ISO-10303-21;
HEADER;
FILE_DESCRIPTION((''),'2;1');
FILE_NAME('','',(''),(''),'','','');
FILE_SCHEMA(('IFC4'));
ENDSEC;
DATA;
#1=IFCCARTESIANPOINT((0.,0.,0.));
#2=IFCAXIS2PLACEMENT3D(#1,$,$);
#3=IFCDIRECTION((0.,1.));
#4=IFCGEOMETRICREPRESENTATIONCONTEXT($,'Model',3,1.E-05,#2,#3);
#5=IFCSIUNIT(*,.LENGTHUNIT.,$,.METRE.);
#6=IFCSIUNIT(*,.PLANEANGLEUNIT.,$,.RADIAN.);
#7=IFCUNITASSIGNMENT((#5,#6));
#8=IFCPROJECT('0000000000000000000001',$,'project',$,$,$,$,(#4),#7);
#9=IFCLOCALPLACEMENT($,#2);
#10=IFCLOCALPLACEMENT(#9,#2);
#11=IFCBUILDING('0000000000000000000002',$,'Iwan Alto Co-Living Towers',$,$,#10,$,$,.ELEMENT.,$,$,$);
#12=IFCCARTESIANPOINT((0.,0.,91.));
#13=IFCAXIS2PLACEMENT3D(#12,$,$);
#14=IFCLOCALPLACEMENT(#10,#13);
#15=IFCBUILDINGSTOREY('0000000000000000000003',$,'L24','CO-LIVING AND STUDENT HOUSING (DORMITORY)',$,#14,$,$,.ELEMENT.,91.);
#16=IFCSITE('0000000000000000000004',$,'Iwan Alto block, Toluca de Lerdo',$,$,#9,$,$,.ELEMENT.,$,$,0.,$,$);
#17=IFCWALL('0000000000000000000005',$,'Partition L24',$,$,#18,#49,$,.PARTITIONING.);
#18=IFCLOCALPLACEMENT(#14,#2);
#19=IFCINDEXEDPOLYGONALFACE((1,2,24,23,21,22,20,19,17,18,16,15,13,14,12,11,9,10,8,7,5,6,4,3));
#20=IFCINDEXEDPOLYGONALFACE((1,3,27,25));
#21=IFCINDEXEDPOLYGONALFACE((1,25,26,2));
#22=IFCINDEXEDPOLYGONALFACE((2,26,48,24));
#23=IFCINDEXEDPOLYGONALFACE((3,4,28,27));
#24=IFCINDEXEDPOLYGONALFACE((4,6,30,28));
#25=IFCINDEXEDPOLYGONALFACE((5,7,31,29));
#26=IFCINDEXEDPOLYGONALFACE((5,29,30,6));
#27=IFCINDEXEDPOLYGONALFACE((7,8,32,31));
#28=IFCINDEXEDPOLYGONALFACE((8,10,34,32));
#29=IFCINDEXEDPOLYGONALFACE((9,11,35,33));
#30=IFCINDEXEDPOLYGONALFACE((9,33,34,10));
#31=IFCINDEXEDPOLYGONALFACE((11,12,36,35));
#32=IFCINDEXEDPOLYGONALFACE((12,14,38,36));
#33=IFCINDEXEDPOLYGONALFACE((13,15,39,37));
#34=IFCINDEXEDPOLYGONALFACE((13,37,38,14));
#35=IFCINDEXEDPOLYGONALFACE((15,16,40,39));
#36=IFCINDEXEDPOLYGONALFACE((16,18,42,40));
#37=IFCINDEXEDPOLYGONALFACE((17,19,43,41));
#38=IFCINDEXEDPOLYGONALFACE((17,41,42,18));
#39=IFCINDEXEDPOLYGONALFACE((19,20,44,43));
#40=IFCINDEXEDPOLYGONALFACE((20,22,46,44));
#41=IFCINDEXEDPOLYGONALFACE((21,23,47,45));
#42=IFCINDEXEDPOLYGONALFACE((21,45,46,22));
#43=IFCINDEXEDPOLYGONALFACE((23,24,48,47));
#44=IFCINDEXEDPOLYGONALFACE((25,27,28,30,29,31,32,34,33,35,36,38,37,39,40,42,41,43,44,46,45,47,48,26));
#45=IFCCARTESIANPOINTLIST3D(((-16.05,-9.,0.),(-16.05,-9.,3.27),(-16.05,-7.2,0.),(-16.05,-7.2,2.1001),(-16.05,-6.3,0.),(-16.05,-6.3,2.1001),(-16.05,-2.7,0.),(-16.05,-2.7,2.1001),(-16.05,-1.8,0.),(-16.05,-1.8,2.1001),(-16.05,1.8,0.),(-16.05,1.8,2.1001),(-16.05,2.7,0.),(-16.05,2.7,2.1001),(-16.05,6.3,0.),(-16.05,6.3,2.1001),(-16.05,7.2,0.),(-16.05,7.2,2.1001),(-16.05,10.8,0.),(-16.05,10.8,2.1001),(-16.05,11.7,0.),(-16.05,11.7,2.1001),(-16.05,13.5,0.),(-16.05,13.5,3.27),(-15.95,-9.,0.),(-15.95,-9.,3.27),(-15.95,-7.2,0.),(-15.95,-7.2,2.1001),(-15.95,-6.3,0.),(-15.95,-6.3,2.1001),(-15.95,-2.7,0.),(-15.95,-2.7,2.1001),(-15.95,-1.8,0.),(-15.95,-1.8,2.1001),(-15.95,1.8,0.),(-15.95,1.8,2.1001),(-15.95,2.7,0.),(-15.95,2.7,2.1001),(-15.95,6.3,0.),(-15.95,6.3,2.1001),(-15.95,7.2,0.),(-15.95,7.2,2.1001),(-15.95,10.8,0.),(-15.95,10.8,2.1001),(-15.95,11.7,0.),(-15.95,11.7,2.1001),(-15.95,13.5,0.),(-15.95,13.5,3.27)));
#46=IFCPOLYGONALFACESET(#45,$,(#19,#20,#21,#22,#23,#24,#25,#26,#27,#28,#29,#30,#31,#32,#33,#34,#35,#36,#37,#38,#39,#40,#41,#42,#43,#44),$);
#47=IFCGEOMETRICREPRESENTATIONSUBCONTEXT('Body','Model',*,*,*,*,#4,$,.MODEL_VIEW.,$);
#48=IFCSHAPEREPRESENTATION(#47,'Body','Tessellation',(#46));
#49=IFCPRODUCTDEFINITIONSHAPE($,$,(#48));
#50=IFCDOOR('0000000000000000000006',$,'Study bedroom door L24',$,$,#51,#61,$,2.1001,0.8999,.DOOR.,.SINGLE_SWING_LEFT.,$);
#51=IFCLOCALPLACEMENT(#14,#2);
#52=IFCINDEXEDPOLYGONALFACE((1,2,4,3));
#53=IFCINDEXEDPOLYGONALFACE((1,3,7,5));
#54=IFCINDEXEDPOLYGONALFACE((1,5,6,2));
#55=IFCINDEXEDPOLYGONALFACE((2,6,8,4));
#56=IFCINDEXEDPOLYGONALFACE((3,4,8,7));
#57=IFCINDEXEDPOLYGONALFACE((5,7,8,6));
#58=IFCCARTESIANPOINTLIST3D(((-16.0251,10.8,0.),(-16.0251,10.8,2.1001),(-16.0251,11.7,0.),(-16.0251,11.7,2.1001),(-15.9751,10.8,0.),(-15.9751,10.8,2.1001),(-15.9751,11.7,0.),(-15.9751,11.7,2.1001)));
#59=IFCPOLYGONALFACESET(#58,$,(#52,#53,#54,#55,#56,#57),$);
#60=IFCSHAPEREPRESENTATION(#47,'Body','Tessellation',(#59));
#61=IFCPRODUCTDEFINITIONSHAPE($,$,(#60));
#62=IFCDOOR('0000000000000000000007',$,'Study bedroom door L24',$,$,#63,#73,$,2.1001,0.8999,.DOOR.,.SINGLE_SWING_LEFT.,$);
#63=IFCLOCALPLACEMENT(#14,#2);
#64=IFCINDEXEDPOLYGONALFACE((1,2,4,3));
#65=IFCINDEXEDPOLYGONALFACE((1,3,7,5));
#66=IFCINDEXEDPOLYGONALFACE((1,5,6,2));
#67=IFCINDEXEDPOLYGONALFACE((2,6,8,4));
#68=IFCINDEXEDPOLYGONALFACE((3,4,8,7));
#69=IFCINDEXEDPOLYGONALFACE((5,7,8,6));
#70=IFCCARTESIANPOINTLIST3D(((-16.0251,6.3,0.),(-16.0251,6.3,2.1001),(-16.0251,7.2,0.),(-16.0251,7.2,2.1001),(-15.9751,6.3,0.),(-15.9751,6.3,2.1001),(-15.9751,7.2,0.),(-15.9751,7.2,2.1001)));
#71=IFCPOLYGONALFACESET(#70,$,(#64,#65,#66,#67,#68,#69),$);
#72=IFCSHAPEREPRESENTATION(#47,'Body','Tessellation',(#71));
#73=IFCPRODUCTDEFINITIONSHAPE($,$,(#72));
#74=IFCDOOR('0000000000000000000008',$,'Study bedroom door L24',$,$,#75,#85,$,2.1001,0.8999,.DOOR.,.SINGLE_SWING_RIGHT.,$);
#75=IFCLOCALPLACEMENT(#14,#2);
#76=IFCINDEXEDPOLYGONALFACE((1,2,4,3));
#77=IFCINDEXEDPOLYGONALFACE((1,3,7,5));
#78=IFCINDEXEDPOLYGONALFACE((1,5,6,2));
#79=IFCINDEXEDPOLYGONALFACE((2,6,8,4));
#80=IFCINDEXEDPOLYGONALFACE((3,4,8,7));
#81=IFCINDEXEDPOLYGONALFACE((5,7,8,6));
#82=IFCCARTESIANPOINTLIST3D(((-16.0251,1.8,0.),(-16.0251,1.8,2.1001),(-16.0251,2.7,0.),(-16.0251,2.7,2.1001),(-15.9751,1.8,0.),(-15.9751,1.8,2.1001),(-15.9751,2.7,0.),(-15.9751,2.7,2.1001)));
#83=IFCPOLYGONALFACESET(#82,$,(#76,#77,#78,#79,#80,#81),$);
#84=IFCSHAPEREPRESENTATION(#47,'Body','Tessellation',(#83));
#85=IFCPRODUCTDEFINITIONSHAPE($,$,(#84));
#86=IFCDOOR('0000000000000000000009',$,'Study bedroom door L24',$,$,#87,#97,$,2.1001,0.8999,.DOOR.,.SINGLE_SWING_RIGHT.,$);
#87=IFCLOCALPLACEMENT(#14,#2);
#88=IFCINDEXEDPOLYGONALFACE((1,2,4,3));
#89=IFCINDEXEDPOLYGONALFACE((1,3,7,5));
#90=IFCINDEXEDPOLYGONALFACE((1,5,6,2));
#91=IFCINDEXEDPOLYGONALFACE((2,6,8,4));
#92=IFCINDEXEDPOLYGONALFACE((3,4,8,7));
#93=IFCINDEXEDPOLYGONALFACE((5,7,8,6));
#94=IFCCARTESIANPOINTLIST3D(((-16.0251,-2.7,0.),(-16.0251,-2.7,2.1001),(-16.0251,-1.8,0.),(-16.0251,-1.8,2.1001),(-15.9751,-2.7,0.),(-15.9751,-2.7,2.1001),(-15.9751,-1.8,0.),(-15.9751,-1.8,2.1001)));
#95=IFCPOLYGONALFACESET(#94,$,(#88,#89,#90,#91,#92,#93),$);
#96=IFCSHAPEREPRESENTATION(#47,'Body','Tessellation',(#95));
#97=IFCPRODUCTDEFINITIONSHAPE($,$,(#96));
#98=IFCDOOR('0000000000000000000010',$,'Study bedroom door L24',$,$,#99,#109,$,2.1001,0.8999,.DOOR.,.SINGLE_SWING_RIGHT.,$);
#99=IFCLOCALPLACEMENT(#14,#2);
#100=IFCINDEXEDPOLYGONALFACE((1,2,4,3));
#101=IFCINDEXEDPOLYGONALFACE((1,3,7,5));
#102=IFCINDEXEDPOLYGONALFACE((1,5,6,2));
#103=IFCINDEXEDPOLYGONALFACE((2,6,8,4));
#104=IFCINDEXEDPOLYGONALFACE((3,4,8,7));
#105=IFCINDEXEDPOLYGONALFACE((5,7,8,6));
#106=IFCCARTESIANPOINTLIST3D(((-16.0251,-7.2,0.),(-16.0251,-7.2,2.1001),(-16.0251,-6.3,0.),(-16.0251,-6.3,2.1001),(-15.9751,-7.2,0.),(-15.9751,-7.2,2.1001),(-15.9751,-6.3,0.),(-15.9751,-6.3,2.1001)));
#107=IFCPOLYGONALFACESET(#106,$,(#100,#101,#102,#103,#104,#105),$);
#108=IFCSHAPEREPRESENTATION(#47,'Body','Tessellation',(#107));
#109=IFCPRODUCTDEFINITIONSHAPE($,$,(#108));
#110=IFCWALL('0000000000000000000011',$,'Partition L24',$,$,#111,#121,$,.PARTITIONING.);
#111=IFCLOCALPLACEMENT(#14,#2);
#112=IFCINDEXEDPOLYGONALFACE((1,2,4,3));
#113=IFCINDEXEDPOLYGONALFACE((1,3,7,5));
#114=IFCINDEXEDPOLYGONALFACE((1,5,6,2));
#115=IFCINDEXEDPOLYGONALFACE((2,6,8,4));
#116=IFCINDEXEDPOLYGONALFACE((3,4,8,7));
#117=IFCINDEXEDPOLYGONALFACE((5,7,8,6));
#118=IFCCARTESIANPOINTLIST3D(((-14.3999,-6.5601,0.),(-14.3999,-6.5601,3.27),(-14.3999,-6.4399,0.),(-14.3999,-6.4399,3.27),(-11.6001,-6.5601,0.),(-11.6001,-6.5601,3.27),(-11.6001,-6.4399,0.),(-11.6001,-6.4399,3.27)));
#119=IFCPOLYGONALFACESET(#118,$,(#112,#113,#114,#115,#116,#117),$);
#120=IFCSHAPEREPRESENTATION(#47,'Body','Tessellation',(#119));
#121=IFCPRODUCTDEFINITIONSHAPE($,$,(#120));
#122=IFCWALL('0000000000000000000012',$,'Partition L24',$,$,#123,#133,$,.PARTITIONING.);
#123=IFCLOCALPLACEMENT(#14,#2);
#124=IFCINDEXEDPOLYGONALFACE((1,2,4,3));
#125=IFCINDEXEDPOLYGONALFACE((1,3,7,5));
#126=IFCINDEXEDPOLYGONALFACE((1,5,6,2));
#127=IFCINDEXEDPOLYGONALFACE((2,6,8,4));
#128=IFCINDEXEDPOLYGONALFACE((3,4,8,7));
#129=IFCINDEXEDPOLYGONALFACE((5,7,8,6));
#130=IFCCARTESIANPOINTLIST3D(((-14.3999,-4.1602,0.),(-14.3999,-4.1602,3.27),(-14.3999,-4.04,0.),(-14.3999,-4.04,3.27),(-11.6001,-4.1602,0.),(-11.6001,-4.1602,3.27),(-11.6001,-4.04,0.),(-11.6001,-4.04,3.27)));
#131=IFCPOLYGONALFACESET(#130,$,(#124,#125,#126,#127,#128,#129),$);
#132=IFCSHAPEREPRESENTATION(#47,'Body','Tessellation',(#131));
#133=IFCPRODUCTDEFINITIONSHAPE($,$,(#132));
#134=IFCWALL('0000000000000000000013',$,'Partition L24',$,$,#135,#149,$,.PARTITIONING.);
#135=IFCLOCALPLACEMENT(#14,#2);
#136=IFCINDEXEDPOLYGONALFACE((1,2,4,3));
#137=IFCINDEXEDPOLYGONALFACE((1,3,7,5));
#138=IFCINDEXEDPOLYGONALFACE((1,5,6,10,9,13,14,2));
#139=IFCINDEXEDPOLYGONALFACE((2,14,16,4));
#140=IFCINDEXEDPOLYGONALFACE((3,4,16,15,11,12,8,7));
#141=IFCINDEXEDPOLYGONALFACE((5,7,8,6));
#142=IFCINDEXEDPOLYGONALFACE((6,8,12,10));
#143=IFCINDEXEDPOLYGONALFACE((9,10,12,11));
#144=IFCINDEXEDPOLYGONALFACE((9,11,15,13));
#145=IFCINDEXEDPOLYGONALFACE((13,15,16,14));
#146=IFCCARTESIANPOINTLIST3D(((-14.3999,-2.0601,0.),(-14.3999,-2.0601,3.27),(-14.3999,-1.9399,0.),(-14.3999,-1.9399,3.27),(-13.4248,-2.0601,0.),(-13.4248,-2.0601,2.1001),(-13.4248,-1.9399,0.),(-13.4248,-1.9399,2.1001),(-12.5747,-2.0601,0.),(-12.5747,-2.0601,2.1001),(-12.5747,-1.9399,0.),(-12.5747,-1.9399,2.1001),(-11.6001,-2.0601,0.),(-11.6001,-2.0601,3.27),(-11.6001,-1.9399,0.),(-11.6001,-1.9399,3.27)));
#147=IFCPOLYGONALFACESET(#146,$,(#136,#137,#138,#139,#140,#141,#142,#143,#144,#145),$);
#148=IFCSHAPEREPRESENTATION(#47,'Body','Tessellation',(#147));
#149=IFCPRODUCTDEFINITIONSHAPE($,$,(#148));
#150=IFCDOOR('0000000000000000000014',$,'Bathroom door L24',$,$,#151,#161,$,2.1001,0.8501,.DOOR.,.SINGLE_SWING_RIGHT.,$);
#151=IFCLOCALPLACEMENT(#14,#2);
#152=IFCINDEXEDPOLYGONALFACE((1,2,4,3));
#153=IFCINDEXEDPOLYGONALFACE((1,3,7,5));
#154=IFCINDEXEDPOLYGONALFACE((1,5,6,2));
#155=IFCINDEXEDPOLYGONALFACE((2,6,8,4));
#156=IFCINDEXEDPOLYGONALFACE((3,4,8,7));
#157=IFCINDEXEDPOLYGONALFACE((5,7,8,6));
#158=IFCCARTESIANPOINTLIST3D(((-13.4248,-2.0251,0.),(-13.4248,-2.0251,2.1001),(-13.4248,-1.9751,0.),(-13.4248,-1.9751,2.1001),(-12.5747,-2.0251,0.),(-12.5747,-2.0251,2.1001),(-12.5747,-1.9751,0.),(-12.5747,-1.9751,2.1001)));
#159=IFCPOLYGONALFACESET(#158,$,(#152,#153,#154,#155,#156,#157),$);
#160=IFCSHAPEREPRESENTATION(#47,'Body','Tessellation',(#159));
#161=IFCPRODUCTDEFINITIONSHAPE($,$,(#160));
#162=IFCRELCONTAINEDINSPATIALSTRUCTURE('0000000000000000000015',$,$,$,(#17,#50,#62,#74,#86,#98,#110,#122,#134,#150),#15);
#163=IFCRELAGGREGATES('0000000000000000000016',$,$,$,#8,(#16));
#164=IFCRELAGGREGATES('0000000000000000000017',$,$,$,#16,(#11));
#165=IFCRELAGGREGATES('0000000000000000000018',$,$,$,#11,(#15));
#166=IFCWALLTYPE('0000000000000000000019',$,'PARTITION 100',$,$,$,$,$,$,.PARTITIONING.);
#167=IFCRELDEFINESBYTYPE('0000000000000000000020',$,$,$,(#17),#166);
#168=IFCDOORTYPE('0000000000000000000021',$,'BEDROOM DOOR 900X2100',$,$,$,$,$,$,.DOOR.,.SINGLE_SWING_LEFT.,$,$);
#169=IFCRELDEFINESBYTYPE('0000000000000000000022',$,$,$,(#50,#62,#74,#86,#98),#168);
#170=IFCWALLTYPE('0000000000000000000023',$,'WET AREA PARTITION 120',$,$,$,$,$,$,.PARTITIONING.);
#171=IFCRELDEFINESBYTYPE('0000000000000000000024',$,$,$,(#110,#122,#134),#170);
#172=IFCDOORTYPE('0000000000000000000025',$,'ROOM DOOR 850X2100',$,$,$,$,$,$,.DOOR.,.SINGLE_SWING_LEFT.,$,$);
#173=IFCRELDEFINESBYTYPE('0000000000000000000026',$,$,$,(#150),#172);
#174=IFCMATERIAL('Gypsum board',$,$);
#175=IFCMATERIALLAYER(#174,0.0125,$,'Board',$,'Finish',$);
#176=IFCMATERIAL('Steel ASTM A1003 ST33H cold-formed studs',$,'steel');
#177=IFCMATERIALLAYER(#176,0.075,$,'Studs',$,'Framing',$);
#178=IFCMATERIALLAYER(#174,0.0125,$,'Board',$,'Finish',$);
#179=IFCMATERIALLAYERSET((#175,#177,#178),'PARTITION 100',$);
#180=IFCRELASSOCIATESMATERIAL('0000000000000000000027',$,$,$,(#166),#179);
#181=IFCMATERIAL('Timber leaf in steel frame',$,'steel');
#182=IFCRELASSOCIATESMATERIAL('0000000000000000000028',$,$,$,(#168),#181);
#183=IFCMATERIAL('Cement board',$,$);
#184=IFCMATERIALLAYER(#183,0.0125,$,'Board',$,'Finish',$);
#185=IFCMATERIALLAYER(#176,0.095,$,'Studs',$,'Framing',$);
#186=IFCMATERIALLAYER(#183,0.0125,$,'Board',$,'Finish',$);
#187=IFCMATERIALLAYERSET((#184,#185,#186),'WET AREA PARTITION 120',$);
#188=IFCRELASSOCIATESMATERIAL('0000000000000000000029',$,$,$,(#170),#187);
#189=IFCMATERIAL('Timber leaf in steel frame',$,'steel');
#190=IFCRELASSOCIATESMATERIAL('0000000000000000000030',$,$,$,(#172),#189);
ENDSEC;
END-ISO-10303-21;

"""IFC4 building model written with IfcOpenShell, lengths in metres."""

from ifc_helpers import new_model, si_unit, direction, frame, frame_2d, origin, place, context, subcontext, project, spatial, rectangle, extrude, material, layer, layer_set, type_object, element, fill, save


model = new_model("IFC4")

# Units and contexts
model_context = context("Model", 3, precision=1e-05, world=origin(), true_north=direction((0.0, 1.0)))
body_context = subcontext(model_context, "Body", "Model", "MODEL_VIEW")
ifc_project = project(units=[si_unit("LENGTHUNIT", "METRE"), si_unit("PLANEANGLEUNIT", "RADIAN")], contexts=[model_context])

# Site, building, storey
site_placement = place(None, origin())
site = spatial("IfcSite", under=ifc_project, at=site_placement, Name="Iwan Alto block, Toluca de Lerdo", CompositionType="ELEMENT", RefElevation=0.0)
building_placement = place(site_placement, origin())
building = spatial("IfcBuilding", under=site, at=building_placement, Name="Iwan Alto Co-Living Towers", CompositionType="ELEMENT")
storey_placement = place(building_placement, frame((0.0, 0.0, 91.0)))
storey = spatial("IfcBuildingStorey", under=building, at=storey_placement, Name="L24", Description="CO-LIVING AND STUDENT HOUSING (DORMITORY)", CompositionType="ELEMENT", Elevation=91.0)

# Wall, openings, doors
ifc_material_1 = material(Name="Gypsum board")
ifc_layer_1 = layer(ifc_material_1, 0.0125, Name="Board", Category="Finish")
ifc_material_2 = material(Name="Steel ASTM A1003 ST33H cold-formed studs", Category="steel")
ifc_layer_2 = layer(ifc_material_2, 0.075, Name="Studs", Category="Framing")
ifc_layer_3 = layer(ifc_material_1, 0.0125, Name="Board", Category="Finish")
ifc_layer_set_1 = layer_set([ifc_layer_1, ifc_layer_2, ifc_layer_3], Name="PARTITION 100")
wall_type_1 = type_object("IfcWallType", Name="PARTITION 100", PredefinedType="PARTITIONING", material=ifc_layer_set_1)
wall_1_placement = place(storey_placement, frame((-16.0, -9.0, 0.0), z_axis=(0.0, 0.0, 1.0), x_axis=(0.0, 1.0, 0.0)))
wall_1 = element("IfcWall", 1, at=wall_1_placement, inside=storey, type_object=wall_type_1, Name="Partition L24", PredefinedType="PARTITIONING", context=body_context, shape_type="SweptSolid", body=[
    extrude(rectangle(XDim=22.5, YDim=0.1001, at=frame_2d((11.25, 0.0))), origin(), (0.0, 0.0, 1.0), 3.27),
])
opening_1_placement = place(wall_1_placement, frame((19.8, 0.0, 0.0)))
opening_1 = element("IfcOpeningElement", 2, at=opening_1_placement, cuts=wall_1, PredefinedType="OPENING", context=body_context, shape_type="SweptSolid", body=[
    extrude(rectangle(XDim=0.8999, YDim=2.1001, at=frame_2d((0.45, 1.05))), frame((0.0, 0.0601, 0.0), z_axis=(0.0, -1.0, 0.0), x_axis=(1.0, 0.0, 0.0)), (0.0, 0.0, 1.0), 0.1201),
])
opening_2_placement = place(wall_1_placement, frame((15.3, 0.0, 0.0)))
opening_2 = element("IfcOpeningElement", 3, at=opening_2_placement, cuts=wall_1, PredefinedType="OPENING", context=body_context, shape_type="SweptSolid", body=[
    extrude(rectangle(XDim=0.8999, YDim=2.1001, at=frame_2d((0.45, 1.05))), frame((0.0, 0.0601, 0.0), z_axis=(0.0, -1.0, 0.0), x_axis=(1.0, 0.0, 0.0)), (0.0, 0.0, 1.0), 0.1201),
])
opening_3_placement = place(wall_1_placement, frame((10.8, 0.0, 0.0)))
opening_3 = element("IfcOpeningElement", 4, at=opening_3_placement, cuts=wall_1, PredefinedType="OPENING", context=body_context, shape_type="SweptSolid", body=[
    extrude(rectangle(XDim=0.8999, YDim=2.1001, at=frame_2d((0.45, 1.05))), frame((0.0, 0.0601, 0.0), z_axis=(0.0, -1.0, 0.0), x_axis=(1.0, 0.0, 0.0)), (0.0, 0.0, 1.0), 0.1201),
])
opening_4_placement = place(wall_1_placement, frame((6.3, 0.0, 0.0)))
opening_4 = element("IfcOpeningElement", 5, at=opening_4_placement, cuts=wall_1, PredefinedType="OPENING", context=body_context, shape_type="SweptSolid", body=[
    extrude(rectangle(XDim=0.8999, YDim=2.1001, at=frame_2d((0.45, 1.05))), frame((0.0, 0.0601, 0.0), z_axis=(0.0, -1.0, 0.0), x_axis=(1.0, 0.0, 0.0)), (0.0, 0.0, 1.0), 0.1201),
])
opening_5_placement = place(wall_1_placement, frame((1.8, 0.0, 0.0)))
opening_5 = element("IfcOpeningElement", 6, at=opening_5_placement, cuts=wall_1, PredefinedType="OPENING", context=body_context, shape_type="SweptSolid", body=[
    extrude(rectangle(XDim=0.8999, YDim=2.1001, at=frame_2d((0.45, 1.05))), frame((0.0, 0.0601, 0.0), z_axis=(0.0, -1.0, 0.0), x_axis=(1.0, 0.0, 0.0)), (0.0, 0.0, 1.0), 0.1201),
])
ifc_material_3 = material(Name="Timber leaf in steel frame", Category="steel")
door_type_1 = type_object("IfcDoorType", Name="BEDROOM DOOR 900X2100", OperationType="SINGLE_SWING_LEFT", PredefinedType="DOOR", material=ifc_material_3)
door_1_placement = place(opening_1_placement, frame((0.8999, 0.0, 0.0), z_axis=(0.0, 0.0, 1.0), x_axis=(-1.0, 0.0, 0.0)))
door_1 = element("IfcDoor", 7, at=door_1_placement, inside=storey, type_object=door_type_1, Name="Study bedroom door L24", OperationType="SINGLE_SWING_LEFT", OverallHeight=2.1001, OverallWidth=0.8999, PredefinedType="DOOR", context=body_context, shape_type="SweptSolid", body=[
    extrude(rectangle(XDim=0.8999, YDim=2.1001, at=frame_2d((0.45, 1.05))), frame((0.0, 0.0249, 0.0), z_axis=(0.0, -1.0, 0.0), x_axis=(1.0, 0.0, 0.0)), (0.0, 0.0, 1.0), 0.05),
])
fill(opening_1, door_1)
door_2_placement = place(opening_2_placement, frame((0.8999, 0.0, 0.0), z_axis=(0.0, 0.0, 1.0), x_axis=(-1.0, 0.0, 0.0)))
door_2 = element("IfcDoor", 8, at=door_2_placement, inside=storey, type_object=door_type_1, Name="Study bedroom door L24", OperationType="SINGLE_SWING_LEFT", OverallHeight=2.1001, OverallWidth=0.8999, PredefinedType="DOOR", context=body_context, shape_type="SweptSolid", body=[
    extrude(rectangle(XDim=0.8999, YDim=2.1001, at=frame_2d((0.45, 1.05))), frame((0.0, 0.0249, 0.0), z_axis=(0.0, -1.0, 0.0), x_axis=(1.0, 0.0, 0.0)), (0.0, 0.0, 1.0), 0.05),
])
fill(opening_2, door_2)
door_3_placement = place(opening_3_placement, frame((0.8999, 0.0, 0.0), z_axis=(0.0, 0.0, 1.0), x_axis=(-1.0, 0.0, 0.0)))
door_3 = element("IfcDoor", 9, at=door_3_placement, inside=storey, type_object=door_type_1, Name="Study bedroom door L24", OperationType="SINGLE_SWING_RIGHT", OverallHeight=2.1001, OverallWidth=0.8999, PredefinedType="DOOR", context=body_context, shape_type="SweptSolid", body=[
    extrude(rectangle(XDim=0.8999, YDim=2.1001, at=frame_2d((0.45, 1.05))), frame((0.0, 0.0249, 0.0), z_axis=(0.0, -1.0, 0.0), x_axis=(1.0, 0.0, 0.0)), (0.0, 0.0, 1.0), 0.05),
])
fill(opening_3, door_3)
door_4_placement = place(opening_4_placement, frame((0.8999, 0.0, 0.0), z_axis=(0.0, 0.0, 1.0), x_axis=(-1.0, 0.0, 0.0)))
door_4 = element("IfcDoor", 10, at=door_4_placement, inside=storey, type_object=door_type_1, Name="Study bedroom door L24", OperationType="SINGLE_SWING_RIGHT", OverallHeight=2.1001, OverallWidth=0.8999, PredefinedType="DOOR", context=body_context, shape_type="SweptSolid", body=[
    extrude(rectangle(XDim=0.8999, YDim=2.1001, at=frame_2d((0.45, 1.05))), frame((0.0, 0.0249, 0.0), z_axis=(0.0, -1.0, 0.0), x_axis=(1.0, 0.0, 0.0)), (0.0, 0.0, 1.0), 0.05),
])
fill(opening_4, door_4)
door_5_placement = place(opening_5_placement, frame((0.8999, 0.0, 0.0), z_axis=(0.0, 0.0, 1.0), x_axis=(-1.0, 0.0, 0.0)))
door_5 = element("IfcDoor", 11, at=door_5_placement, inside=storey, type_object=door_type_1, Name="Study bedroom door L24", OperationType="SINGLE_SWING_RIGHT", OverallHeight=2.1001, OverallWidth=0.8999, PredefinedType="DOOR", context=body_context, shape_type="SweptSolid", body=[
    extrude(rectangle(XDim=0.8999, YDim=2.1001, at=frame_2d((0.45, 1.05))), frame((0.0, 0.0249, 0.0), z_axis=(0.0, -1.0, 0.0), x_axis=(1.0, 0.0, 0.0)), (0.0, 0.0, 1.0), 0.05),
])
fill(opening_5, door_5)

# Walls
ifc_material_4 = material(Name="Cement board")
ifc_layer_4 = layer(ifc_material_4, 0.0125, Name="Board", Category="Finish")
ifc_layer_5 = layer(ifc_material_2, 0.095, Name="Studs", Category="Framing")
ifc_layer_6 = layer(ifc_material_4, 0.0125, Name="Board", Category="Finish")
ifc_layer_set_2 = layer_set([ifc_layer_4, ifc_layer_5, ifc_layer_6], Name="WET AREA PARTITION 120")
wall_type_2 = type_object("IfcWallType", Name="WET AREA PARTITION 120", PredefinedType="PARTITIONING", material=ifc_layer_set_2)
for number, where, z_axis, x_axis, name in (
    (12, (-14.3999, -6.5, 0.0), (0.0, 0.0, 1.0), (1.0, 0.0, 0.0), "Partition L24"),
    (13, (-14.3999, -4.1001, 0.0), (0.0, 0.0, 1.0), (1.0, 0.0, 0.0), "Partition L24"),
):
    element("IfcWall", number, at=place(storey_placement, frame(where, z_axis=z_axis, x_axis=x_axis)), inside=storey, type_object=wall_type_2, Name=name, PredefinedType="PARTITIONING", context=body_context, shape_type="SweptSolid", body=[
        extrude(rectangle(XDim=2.7998, YDim=0.1201, at=frame_2d((1.3999, 0.0))), origin(), (0.0, 0.0, 1.0), 3.27),
    ])

# Wall, opening, door
wall_2_placement = place(storey_placement, frame((-14.3999, -2.0, 0.0), z_axis=(0.0, 0.0, 1.0), x_axis=(1.0, 0.0, 0.0)))
wall_2 = element("IfcWall", 14, at=wall_2_placement, inside=storey, type_object=wall_type_2, Name="Partition L24", PredefinedType="PARTITIONING", context=body_context, shape_type="SweptSolid", body=[
    extrude(rectangle(XDim=2.7998, YDim=0.1201, at=frame_2d((1.3999, 0.0))), origin(), (0.0, 0.0, 1.0), 3.27),
])
opening_6_placement = place(wall_2_placement, frame((0.9751, 0.0, 0.0)))
opening_6 = element("IfcOpeningElement", 15, at=opening_6_placement, cuts=wall_2, PredefinedType="OPENING", context=body_context, shape_type="SweptSolid", body=[
    extrude(rectangle(XDim=0.8501, YDim=2.1001, at=frame_2d((0.425, 1.05))), frame((0.0, 0.0701, 0.0), z_axis=(0.0, -1.0, 0.0), x_axis=(1.0, 0.0, 0.0)), (0.0, 0.0, 1.0), 0.1401),
])
ifc_material_5 = material(Name="Timber leaf in steel frame", Category="steel")
door_type_2 = type_object("IfcDoorType", Name="ROOM DOOR 850X2100", OperationType="SINGLE_SWING_LEFT", PredefinedType="DOOR", material=ifc_material_5)
door_6_placement = place(opening_6_placement, origin())
door_6 = element("IfcDoor", 16, at=door_6_placement, inside=storey, type_object=door_type_2, Name="Bathroom door L24", OperationType="SINGLE_SWING_RIGHT", OverallHeight=2.1001, OverallWidth=0.8501, PredefinedType="DOOR", context=body_context, shape_type="SweptSolid", body=[
    extrude(rectangle(XDim=0.8501, YDim=2.1001, at=frame_2d((0.425, 1.05))), frame((0.0, 0.0249, 0.0), z_axis=(0.0, -1.0, 0.0), x_axis=(1.0, 0.0, 0.0)), (0.0, 0.0, 1.0), 0.05),
])
fill(opening_6, door_6)

save(model, "model.ifc")
